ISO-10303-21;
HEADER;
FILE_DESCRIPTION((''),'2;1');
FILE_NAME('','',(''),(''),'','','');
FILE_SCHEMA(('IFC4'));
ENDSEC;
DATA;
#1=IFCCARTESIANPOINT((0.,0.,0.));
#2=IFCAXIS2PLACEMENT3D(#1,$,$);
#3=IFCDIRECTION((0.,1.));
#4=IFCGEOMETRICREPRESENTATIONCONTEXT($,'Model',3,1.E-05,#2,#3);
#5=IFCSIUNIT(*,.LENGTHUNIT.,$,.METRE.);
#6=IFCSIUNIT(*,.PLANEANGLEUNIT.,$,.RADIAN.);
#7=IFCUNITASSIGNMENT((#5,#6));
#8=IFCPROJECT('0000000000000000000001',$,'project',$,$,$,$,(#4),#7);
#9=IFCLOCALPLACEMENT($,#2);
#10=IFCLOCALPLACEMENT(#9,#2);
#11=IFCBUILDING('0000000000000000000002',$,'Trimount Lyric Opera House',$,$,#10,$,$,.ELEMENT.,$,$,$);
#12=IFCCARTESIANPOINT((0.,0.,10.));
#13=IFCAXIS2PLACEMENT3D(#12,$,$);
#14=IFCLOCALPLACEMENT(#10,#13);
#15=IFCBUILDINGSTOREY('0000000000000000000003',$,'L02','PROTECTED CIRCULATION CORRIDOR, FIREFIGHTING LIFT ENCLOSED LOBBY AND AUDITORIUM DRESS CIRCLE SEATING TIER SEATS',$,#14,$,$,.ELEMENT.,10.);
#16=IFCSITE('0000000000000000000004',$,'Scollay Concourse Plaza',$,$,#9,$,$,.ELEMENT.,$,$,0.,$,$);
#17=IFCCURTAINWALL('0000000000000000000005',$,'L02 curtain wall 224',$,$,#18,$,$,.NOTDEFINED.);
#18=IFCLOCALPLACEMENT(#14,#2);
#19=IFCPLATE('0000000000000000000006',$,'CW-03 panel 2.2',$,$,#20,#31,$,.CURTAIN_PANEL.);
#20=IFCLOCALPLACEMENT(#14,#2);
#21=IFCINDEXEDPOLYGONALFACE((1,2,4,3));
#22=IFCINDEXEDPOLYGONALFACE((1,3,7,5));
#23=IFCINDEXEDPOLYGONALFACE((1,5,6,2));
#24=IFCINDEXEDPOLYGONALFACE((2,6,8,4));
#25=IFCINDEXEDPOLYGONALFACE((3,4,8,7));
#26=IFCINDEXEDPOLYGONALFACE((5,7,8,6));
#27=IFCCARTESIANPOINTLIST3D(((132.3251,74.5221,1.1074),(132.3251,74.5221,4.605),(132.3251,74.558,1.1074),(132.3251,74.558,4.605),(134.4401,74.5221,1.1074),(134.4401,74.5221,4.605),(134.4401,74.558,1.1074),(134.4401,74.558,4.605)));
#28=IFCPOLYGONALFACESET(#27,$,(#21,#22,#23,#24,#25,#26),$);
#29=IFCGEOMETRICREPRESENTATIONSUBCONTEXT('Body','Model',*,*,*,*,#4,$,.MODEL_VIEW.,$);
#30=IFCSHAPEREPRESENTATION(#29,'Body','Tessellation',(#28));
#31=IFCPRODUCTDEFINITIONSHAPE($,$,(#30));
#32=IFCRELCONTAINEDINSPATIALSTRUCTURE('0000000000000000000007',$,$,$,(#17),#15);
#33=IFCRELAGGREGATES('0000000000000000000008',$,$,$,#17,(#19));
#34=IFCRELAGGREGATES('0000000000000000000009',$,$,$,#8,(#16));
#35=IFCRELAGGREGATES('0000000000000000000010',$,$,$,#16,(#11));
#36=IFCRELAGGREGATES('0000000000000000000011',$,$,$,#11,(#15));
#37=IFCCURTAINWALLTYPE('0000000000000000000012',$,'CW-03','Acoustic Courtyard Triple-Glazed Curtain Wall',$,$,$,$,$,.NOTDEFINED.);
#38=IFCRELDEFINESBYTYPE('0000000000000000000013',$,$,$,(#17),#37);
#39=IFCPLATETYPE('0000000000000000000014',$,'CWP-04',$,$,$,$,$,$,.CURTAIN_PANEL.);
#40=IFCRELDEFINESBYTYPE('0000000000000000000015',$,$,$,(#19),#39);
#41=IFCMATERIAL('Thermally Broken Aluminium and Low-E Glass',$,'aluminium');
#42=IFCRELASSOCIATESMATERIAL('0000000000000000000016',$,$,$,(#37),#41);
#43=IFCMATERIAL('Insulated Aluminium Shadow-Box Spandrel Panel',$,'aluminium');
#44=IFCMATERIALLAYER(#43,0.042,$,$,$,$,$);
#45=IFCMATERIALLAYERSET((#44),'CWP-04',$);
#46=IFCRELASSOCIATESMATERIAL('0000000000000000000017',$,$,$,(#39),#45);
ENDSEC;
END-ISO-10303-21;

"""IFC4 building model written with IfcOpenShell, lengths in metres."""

from ifc_helpers import new_model, si_unit, direction, frame, origin, origin_2d, place, context, subcontext, project, spatial, rectangle, extrude, material, layer, layer_set, type_object, element, aggregate, save


model = new_model("IFC4")

# Units and contexts
model_context = context("Model", 3, precision=1e-05, world=origin(), true_north=direction((0.0, 1.0)))
body_context = subcontext(model_context, "Body", "Model", "MODEL_VIEW")
ifc_project = project(units=[si_unit("LENGTHUNIT", "METRE"), si_unit("PLANEANGLEUNIT", "RADIAN")], contexts=[model_context])

# Site, building, storey
site_placement = place(None, origin())
site = spatial("IfcSite", under=ifc_project, at=site_placement, Name="Scollay Concourse Plaza", CompositionType="ELEMENT", RefElevation=0.0)
building_placement = place(site_placement, origin())
building = spatial("IfcBuilding", under=site, at=building_placement, Name="Trimount Lyric Opera House", CompositionType="ELEMENT")
storey_placement = place(building_placement, frame((0.0, 0.0, 10.0)))
storey = spatial("IfcBuildingStorey", under=building, at=storey_placement, Name="L02", Description="PROTECTED CIRCULATION CORRIDOR, FIREFIGHTING LIFT ENCLOSED LOBBY AND AUDITORIUM DRESS CIRCLE SEATING TIER SEATS", CompositionType="ELEMENT", Elevation=10.0)

# Shared definitions
ifc_material_1 = material(Name="Thermally Broken Aluminium and Low-E Glass", Category="aluminium")
curtain_wall_type = type_object("IfcCurtainWallType", Name="CW-03", Description="Acoustic Courtyard Triple-Glazed Curtain Wall", PredefinedType="NOTDEFINED", material=ifc_material_1)

# Curtain wall
curtain_wall_1_placement = place(storey_placement, origin())
curtain_wall_1 = element("IfcCurtainWall", 1, at=curtain_wall_1_placement, inside=storey, type_object=curtain_wall_type, Name="L02 curtain wall 224", PredefinedType="NOTDEFINED")

# Plate
ifc_material_2 = material(Name="Insulated Aluminium Shadow-Box Spandrel Panel", Category="aluminium")
ifc_layer_1 = layer(ifc_material_2, 0.042)
ifc_layer_set_1 = layer_set([ifc_layer_1], Name="CWP-04")
plate_type_1 = type_object("IfcPlateType", Name="CWP-04", PredefinedType="CURTAIN_PANEL", material=ifc_layer_set_1)
plate_1_placement = place(storey_placement, frame((133.3826, 74.54, 1.1074), z_axis=(0.0, 0.0, 1.0), x_axis=(1.0, 0.0, 0.0)))
plate_1 = element("IfcPlate", 2, at=plate_1_placement, type_object=plate_type_1, Name="CW-03 panel 2.2", PredefinedType="CURTAIN_PANEL", context=body_context, shape_type="SweptSolid", body=[
    extrude(rectangle(XDim=2.115, YDim=0.0359, at=origin_2d()), origin(), (0.0, 0.0, 1.0), 3.4976),
])
aggregate(curtain_wall_1, [plate_1])

save(model, "model.ifc")
